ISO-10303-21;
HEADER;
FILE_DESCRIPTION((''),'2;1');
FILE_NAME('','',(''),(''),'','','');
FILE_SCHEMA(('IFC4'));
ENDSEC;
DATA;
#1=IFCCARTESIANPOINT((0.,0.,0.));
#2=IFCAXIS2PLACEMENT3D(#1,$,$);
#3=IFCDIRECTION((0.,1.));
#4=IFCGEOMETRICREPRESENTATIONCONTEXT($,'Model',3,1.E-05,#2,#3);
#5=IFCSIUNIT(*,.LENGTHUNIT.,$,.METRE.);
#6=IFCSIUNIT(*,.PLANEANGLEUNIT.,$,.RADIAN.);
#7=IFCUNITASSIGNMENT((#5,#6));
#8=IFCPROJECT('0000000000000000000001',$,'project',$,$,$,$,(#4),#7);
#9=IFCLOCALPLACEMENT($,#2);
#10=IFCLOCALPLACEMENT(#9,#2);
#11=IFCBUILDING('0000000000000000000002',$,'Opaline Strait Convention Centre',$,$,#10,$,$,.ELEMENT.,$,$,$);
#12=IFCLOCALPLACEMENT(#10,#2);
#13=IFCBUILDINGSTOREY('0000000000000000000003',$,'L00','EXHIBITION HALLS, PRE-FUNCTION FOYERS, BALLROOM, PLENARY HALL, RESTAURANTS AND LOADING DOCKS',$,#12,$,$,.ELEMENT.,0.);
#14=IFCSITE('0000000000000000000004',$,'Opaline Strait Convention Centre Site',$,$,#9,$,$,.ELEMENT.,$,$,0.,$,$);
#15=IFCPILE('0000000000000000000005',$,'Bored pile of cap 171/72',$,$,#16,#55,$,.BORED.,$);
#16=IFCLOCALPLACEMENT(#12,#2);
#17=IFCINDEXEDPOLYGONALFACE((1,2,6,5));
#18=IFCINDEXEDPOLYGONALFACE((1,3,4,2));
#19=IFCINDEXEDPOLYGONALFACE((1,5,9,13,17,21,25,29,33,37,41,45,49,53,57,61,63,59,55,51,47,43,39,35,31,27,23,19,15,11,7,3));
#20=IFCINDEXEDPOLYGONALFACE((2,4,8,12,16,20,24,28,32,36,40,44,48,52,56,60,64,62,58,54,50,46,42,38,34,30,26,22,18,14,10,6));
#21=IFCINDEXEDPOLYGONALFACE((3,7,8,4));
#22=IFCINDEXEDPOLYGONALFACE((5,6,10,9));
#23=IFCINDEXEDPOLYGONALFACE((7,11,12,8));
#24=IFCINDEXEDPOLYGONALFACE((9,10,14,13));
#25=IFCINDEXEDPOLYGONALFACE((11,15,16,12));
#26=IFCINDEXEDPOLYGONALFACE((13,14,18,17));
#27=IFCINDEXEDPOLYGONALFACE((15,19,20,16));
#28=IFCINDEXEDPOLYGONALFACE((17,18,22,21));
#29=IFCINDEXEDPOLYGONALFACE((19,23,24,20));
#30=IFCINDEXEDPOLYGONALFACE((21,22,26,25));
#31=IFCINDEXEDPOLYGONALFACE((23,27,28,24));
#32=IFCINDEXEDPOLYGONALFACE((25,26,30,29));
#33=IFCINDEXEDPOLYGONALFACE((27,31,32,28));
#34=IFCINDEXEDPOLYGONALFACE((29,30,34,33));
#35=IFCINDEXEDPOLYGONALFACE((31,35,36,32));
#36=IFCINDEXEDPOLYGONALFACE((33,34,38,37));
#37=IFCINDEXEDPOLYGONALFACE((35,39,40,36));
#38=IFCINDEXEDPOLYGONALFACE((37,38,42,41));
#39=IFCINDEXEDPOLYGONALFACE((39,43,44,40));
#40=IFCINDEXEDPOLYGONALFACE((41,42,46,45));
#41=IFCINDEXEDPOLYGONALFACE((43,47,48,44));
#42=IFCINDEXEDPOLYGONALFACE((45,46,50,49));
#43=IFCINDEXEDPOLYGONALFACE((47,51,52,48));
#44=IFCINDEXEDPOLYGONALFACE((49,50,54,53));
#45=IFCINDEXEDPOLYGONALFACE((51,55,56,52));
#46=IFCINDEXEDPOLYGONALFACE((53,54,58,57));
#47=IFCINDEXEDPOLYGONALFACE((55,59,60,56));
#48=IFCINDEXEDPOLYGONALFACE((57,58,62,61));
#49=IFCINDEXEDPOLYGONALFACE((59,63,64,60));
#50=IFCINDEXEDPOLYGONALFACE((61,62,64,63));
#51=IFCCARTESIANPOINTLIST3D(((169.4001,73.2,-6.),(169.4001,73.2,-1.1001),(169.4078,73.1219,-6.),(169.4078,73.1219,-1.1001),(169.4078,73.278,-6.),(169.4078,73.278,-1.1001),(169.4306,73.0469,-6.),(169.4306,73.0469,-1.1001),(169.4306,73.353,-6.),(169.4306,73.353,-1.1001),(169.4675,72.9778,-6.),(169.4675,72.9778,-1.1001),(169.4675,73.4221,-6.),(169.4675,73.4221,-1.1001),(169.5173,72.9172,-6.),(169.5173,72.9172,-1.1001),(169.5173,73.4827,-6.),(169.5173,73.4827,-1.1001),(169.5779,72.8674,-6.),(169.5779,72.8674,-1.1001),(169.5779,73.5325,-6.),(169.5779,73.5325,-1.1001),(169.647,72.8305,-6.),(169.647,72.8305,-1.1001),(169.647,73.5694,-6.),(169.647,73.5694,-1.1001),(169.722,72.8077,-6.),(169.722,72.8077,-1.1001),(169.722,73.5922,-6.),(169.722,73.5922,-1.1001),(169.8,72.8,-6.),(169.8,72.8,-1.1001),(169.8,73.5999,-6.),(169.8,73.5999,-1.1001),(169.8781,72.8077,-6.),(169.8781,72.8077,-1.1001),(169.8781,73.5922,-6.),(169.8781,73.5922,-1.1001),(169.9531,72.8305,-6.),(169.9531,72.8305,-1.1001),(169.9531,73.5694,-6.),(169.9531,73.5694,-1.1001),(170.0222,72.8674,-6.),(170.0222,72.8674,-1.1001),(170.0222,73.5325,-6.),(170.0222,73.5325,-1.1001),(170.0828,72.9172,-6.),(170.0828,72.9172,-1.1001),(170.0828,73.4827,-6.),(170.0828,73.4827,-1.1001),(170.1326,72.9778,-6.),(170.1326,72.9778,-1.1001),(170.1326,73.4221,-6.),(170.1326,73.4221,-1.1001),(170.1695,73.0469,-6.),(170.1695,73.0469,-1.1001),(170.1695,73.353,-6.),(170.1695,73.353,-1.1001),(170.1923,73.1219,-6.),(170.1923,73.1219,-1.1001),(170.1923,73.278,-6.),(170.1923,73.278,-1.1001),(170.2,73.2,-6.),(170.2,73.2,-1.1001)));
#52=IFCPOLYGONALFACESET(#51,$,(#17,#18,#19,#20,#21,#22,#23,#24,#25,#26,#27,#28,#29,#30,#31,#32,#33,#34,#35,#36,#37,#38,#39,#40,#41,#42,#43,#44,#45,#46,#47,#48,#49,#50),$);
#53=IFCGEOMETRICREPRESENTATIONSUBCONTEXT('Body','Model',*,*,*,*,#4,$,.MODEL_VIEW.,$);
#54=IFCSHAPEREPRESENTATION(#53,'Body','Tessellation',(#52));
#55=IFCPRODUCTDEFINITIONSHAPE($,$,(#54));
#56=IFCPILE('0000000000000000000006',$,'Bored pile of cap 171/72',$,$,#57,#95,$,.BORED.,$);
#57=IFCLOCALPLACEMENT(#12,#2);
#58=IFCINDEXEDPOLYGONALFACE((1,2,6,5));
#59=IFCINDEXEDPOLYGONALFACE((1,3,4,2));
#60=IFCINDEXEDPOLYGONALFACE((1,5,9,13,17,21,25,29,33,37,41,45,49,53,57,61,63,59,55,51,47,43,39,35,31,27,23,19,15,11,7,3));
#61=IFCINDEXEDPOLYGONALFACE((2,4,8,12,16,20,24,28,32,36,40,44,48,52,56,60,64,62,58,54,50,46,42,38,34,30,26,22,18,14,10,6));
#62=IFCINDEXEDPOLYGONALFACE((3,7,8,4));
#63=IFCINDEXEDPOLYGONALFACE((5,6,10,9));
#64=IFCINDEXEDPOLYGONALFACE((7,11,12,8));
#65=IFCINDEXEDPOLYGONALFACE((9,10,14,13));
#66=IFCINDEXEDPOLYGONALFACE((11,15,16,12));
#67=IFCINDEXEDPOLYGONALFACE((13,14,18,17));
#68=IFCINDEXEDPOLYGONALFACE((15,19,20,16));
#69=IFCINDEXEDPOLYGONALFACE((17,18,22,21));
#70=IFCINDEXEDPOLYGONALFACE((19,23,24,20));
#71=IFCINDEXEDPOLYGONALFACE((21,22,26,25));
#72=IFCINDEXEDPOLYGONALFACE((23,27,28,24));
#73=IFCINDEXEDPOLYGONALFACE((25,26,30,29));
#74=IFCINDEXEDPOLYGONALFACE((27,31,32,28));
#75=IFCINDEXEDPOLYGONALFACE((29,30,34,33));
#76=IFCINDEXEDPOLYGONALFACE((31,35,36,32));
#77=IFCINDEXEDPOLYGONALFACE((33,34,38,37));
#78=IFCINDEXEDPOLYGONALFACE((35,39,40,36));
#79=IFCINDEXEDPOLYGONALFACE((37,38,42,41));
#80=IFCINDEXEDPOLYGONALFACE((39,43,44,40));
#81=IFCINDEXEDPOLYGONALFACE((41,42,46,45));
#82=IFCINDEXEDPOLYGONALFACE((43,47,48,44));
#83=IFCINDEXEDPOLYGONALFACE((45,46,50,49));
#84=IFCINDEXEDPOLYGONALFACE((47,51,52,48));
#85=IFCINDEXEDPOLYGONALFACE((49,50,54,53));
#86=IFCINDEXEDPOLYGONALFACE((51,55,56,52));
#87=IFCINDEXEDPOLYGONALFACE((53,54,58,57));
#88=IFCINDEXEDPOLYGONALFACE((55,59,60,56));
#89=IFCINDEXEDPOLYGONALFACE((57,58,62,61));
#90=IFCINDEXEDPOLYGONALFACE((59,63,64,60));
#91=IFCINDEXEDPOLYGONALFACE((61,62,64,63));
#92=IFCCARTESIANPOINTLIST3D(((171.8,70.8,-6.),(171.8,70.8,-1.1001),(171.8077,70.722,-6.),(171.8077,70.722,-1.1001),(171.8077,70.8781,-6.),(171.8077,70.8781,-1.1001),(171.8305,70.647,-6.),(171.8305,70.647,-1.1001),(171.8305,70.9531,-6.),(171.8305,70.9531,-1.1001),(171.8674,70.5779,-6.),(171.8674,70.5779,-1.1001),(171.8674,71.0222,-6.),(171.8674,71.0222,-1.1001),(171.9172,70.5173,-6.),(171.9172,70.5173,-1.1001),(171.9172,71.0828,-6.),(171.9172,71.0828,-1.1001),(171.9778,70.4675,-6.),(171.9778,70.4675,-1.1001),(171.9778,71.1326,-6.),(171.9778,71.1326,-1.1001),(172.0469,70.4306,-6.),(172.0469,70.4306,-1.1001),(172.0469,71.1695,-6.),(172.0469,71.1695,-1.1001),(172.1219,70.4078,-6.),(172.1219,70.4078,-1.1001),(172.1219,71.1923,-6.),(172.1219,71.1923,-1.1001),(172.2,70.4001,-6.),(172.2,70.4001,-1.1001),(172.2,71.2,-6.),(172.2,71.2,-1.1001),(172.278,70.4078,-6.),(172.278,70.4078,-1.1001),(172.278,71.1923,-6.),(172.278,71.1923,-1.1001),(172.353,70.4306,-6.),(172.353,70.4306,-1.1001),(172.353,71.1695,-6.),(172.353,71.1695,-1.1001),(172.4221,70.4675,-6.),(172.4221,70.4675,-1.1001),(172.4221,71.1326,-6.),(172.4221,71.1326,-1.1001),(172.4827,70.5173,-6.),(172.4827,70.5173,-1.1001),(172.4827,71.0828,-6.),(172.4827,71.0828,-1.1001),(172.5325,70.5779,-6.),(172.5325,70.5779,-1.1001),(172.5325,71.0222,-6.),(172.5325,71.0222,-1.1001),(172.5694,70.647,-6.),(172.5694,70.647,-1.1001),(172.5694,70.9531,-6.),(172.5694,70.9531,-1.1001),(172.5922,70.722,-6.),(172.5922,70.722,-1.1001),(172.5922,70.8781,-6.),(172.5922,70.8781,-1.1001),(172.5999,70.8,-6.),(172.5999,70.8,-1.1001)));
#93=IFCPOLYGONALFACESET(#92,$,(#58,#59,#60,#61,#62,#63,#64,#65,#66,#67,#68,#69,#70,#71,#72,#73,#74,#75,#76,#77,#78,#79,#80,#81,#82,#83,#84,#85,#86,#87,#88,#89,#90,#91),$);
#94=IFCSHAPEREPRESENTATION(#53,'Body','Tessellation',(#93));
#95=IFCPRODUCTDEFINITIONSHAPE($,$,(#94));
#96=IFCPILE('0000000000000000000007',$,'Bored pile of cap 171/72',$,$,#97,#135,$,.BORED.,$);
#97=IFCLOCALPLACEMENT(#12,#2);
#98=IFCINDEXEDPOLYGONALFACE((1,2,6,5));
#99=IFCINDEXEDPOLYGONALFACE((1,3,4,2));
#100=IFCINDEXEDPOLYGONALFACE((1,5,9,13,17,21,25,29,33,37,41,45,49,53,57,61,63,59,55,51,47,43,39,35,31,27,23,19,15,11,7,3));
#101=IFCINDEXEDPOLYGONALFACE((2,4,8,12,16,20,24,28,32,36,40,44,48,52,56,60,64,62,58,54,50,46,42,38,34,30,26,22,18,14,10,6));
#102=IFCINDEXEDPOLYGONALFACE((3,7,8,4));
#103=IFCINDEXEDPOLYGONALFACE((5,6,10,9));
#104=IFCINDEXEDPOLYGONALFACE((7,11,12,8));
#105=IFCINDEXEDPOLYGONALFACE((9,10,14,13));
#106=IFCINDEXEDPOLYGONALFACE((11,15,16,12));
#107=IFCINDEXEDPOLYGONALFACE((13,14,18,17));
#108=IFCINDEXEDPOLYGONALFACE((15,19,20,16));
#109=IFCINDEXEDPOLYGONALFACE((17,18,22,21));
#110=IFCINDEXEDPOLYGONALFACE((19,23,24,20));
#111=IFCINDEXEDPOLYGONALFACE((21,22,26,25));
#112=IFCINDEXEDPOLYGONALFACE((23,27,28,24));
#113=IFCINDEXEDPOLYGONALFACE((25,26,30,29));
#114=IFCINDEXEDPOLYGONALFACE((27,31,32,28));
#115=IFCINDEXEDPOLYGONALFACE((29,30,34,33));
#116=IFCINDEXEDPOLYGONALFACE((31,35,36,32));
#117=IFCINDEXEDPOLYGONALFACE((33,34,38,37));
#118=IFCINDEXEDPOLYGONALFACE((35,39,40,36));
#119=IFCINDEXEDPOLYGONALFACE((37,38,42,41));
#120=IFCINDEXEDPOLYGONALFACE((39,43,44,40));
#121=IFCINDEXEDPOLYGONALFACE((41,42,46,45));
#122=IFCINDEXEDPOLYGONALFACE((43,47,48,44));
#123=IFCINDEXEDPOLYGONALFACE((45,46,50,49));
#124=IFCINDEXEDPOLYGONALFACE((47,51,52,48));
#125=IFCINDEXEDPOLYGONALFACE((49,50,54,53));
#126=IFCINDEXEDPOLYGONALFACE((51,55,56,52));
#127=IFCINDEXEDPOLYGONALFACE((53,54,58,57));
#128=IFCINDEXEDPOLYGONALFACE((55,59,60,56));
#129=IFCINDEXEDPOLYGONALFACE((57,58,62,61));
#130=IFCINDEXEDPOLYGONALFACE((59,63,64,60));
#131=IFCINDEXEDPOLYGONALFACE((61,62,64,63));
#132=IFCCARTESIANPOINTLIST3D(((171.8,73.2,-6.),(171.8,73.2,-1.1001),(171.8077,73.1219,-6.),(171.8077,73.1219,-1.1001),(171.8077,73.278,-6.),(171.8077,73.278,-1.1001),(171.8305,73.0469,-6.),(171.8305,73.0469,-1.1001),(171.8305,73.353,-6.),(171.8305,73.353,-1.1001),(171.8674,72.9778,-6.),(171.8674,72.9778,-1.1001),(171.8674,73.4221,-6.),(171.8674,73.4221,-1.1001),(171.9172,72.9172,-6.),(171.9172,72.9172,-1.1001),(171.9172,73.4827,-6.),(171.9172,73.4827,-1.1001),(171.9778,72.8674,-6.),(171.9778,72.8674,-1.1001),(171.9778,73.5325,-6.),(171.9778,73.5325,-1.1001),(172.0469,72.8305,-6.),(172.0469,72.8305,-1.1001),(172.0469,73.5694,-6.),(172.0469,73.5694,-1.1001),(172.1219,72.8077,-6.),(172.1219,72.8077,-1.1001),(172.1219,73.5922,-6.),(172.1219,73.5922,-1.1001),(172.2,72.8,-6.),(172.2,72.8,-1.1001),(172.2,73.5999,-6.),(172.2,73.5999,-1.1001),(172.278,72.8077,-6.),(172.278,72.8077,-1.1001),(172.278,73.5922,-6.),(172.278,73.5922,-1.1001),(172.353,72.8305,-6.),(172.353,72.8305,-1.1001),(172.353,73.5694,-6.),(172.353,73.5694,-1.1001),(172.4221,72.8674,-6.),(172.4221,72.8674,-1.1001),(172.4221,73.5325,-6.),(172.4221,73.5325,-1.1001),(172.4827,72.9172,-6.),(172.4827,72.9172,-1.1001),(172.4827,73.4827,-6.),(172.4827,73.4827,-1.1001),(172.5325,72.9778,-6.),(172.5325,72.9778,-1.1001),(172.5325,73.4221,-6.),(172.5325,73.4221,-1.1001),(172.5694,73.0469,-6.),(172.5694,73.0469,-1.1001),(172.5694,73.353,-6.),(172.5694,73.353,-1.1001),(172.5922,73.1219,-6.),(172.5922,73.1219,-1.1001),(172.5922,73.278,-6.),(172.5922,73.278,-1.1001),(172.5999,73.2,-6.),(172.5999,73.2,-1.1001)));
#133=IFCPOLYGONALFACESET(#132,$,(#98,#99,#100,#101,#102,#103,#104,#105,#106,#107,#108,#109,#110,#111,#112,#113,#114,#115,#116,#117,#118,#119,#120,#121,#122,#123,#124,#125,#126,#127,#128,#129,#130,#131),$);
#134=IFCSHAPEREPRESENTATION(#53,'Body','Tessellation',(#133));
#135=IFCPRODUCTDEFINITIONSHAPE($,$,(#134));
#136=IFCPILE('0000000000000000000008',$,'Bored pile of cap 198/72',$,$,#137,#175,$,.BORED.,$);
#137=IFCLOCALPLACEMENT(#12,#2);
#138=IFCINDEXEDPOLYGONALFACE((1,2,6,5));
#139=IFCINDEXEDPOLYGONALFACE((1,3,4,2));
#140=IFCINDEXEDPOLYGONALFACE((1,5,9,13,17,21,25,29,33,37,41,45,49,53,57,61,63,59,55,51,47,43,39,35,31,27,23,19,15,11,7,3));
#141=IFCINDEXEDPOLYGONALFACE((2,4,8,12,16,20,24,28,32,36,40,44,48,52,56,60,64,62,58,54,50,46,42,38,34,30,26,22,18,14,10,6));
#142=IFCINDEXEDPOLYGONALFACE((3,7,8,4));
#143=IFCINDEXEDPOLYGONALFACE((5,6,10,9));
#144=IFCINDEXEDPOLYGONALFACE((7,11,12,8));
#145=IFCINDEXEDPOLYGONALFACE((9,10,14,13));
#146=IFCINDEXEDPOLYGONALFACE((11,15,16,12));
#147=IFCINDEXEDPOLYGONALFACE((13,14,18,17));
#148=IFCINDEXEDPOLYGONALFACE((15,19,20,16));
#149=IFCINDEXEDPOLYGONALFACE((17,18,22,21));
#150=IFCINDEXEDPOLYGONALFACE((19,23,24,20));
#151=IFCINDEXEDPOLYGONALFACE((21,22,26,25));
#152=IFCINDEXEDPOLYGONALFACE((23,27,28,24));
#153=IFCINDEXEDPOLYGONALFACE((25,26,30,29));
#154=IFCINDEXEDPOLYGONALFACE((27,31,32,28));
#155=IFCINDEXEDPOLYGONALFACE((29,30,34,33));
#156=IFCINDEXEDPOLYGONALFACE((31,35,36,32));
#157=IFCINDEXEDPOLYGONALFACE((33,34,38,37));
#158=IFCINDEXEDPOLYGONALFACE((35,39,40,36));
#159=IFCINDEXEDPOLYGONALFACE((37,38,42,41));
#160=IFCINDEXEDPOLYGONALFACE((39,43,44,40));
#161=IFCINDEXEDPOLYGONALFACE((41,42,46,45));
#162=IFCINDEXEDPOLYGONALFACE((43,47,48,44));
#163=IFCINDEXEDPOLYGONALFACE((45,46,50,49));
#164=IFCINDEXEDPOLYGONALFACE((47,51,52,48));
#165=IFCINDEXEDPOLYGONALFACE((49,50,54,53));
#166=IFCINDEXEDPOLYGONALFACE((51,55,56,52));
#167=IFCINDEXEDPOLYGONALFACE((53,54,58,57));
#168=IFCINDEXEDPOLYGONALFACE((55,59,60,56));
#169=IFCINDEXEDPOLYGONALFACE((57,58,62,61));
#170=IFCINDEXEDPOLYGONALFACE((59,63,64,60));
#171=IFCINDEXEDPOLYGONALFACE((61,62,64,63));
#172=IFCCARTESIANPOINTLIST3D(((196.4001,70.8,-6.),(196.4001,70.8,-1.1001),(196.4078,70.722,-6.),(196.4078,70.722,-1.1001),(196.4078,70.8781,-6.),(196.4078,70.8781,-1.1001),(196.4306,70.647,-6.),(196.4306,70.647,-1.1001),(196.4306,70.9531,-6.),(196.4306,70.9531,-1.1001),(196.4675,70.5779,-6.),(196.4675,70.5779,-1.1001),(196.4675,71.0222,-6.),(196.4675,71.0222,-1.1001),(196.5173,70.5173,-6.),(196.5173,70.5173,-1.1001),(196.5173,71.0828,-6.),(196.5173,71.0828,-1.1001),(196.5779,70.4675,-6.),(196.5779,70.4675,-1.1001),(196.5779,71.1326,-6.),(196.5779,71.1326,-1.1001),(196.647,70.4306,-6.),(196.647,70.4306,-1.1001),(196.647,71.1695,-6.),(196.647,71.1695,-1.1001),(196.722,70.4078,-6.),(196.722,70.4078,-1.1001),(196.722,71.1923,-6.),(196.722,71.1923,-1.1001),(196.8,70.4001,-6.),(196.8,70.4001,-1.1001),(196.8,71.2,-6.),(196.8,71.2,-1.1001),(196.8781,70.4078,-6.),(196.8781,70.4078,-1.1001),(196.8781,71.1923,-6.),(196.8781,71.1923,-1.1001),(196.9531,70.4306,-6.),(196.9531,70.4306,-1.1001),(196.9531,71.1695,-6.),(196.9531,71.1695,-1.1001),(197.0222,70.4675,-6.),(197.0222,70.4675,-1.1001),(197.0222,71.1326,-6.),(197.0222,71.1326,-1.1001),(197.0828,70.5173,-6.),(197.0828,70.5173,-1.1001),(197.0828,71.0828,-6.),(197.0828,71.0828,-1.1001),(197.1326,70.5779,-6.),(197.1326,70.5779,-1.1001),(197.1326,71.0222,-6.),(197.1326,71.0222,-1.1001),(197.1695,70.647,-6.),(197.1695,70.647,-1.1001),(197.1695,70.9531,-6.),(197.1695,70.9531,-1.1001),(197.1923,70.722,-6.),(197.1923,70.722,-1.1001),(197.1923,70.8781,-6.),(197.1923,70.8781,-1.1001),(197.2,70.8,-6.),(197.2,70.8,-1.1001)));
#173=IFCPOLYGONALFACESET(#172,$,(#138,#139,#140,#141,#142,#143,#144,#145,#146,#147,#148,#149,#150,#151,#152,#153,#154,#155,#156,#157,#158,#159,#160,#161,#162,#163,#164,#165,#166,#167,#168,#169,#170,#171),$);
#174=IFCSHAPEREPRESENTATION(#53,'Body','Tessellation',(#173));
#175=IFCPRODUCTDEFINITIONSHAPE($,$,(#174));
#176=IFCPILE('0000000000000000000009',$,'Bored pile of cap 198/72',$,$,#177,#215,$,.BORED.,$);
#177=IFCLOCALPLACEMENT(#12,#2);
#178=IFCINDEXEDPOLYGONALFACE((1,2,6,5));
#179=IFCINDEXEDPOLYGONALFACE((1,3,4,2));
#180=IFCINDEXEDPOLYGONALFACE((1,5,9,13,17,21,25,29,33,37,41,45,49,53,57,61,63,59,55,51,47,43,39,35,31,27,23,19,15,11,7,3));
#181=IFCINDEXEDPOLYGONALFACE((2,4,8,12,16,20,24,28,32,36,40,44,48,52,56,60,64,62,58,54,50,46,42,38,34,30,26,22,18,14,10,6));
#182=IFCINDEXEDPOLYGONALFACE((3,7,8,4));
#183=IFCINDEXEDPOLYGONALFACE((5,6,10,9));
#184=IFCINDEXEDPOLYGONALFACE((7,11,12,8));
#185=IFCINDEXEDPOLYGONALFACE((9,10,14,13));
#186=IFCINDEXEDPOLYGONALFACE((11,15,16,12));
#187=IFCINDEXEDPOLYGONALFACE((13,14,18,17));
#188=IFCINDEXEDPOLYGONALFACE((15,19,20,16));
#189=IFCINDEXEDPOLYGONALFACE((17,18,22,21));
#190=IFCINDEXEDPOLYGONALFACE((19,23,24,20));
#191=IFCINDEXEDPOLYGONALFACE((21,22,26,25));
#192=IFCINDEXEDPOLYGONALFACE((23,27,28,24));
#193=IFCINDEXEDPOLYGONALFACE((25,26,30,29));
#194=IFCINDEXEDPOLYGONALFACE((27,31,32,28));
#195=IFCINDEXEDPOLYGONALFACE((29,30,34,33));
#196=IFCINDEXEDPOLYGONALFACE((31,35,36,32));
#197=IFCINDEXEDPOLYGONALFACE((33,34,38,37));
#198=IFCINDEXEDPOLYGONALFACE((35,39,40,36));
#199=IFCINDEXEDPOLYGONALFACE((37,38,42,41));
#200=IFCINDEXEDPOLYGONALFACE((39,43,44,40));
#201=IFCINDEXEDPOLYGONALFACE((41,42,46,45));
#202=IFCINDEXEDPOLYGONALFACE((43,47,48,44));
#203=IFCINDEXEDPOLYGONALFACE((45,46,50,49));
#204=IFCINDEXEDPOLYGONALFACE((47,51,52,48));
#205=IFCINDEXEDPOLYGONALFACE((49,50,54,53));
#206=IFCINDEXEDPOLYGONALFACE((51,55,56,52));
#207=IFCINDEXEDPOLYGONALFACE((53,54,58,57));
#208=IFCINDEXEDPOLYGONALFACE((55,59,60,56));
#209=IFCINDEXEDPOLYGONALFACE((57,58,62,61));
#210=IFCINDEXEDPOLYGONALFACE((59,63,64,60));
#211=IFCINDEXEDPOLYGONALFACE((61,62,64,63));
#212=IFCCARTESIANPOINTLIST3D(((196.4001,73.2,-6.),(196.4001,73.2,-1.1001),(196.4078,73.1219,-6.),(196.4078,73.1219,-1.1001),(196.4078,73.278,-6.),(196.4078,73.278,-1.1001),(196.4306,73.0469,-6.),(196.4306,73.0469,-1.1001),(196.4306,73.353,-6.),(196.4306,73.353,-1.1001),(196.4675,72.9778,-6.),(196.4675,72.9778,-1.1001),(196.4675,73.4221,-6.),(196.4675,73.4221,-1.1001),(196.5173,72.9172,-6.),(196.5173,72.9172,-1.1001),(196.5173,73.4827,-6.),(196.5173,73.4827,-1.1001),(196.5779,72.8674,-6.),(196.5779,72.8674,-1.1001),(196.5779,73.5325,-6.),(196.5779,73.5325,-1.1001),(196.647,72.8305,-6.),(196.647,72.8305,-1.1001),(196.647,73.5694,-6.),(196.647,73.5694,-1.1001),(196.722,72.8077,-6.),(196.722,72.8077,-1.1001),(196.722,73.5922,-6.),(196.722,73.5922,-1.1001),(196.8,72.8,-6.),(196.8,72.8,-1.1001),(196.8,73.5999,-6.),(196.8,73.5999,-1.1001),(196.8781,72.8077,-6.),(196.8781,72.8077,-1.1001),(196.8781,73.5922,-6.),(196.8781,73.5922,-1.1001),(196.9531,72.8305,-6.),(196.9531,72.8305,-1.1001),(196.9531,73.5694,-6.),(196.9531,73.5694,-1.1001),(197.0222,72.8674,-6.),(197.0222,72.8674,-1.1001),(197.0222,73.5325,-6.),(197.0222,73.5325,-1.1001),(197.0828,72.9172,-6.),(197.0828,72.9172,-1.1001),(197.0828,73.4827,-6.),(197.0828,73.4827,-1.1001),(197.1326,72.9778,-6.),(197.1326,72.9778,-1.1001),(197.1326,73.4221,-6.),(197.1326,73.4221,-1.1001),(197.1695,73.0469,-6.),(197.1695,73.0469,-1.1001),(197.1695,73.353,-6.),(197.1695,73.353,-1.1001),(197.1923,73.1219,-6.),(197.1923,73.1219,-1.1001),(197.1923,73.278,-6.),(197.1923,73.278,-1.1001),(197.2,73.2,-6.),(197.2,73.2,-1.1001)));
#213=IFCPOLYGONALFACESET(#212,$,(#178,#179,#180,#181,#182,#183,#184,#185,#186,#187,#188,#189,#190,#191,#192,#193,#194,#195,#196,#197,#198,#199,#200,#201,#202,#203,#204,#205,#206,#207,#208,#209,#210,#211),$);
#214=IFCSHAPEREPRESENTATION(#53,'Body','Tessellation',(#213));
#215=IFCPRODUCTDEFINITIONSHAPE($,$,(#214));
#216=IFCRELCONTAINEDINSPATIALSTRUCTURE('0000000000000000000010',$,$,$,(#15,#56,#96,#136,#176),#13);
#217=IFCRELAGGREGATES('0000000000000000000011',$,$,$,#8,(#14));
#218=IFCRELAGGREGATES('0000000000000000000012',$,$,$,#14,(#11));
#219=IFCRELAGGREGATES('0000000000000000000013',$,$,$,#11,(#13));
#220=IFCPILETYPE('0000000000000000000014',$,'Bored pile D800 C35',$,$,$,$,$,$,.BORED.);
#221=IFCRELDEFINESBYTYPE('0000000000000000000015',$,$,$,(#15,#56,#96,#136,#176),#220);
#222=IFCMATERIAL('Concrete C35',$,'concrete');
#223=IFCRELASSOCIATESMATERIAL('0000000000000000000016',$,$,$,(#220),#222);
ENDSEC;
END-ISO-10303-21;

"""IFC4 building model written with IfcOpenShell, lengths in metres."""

from ifc_helpers import new_model, si_unit, direction, frame, origin, origin_2d, place, context, subcontext, project, spatial, circle, extrude, material, material_profile, profile_set, type_object, element, save


model = new_model("IFC4")

# Units and contexts
model_context = context("Model", 3, precision=1e-05, world=origin(), true_north=direction((0.0, 1.0)))
body_context = subcontext(model_context, "Body", "Model", "MODEL_VIEW")
ifc_project = project(units=[si_unit("LENGTHUNIT", "METRE"), si_unit("PLANEANGLEUNIT", "RADIAN")], contexts=[model_context])

# Site, building, storey
site_placement = place(None, origin())
site = spatial("IfcSite", under=ifc_project, at=site_placement, Name="Opaline Strait Convention Centre Site", CompositionType="ELEMENT", RefElevation=0.0)
building_placement = place(site_placement, origin())
building = spatial("IfcBuilding", under=site, at=building_placement, Name="Opaline Strait Convention Centre", CompositionType="ELEMENT")
storey_placement = place(building_placement, origin())
storey = spatial("IfcBuildingStorey", under=building, at=storey_placement, Name="L00", Description="EXHIBITION HALLS, PRE-FUNCTION FOYERS, BALLROOM, PLENARY HALL, RESTAURANTS AND LOADING DOCKS", CompositionType="ELEMENT", Elevation=0.0)

# Piles
ifc_material_1 = material(Name="Concrete C35", Category="concrete")
ifc_material_profile_1 = material_profile(ifc_material_1, circle(Radius=0.3999, at=origin_2d()), Name="D800")
ifc_profile_set_1 = profile_set([ifc_material_profile_1], Name="Concrete C35")
pile_type = type_object("IfcPileType", Name="Bored pile D800 C35", PredefinedType="BORED", material=ifc_profile_set_1)
for number, where, z_axis, x_axis, name in (
    (1, (169.8, 73.2, -1.1001), (0.0, 0.0, -1.0), (1.0, 0.0, 0.0), "Bored pile of cap 171/72"),
    (2, (172.2, 70.8, -1.1001), (0.0, 0.0, -1.0), (1.0, 0.0, 0.0), "Bored pile of cap 171/72"),
    (3, (172.2, 73.2, -1.1001), (0.0, 0.0, -1.0), (1.0, 0.0, 0.0), "Bored pile of cap 171/72"),
    (4, (196.8, 70.8, -1.1001), (0.0, 0.0, -1.0), (1.0, 0.0, 0.0), "Bored pile of cap 198/72"),
    (5, (196.8, 73.2, -1.1001), (0.0, 0.0, -1.0), (1.0, 0.0, 0.0), "Bored pile of cap 198/72"),
):
    element("IfcPile", number, at=place(storey_placement, frame(where, z_axis=z_axis, x_axis=x_axis)), inside=storey, type_object=pile_type, Name=name, PredefinedType="BORED", context=body_context, shape_type="SweptSolid", body=[
        extrude(circle(Radius=0.3999, at=origin_2d()), origin(), (0.0, 0.0, 1.0), 4.8999),
    ])

save(model, "model.ifc")
